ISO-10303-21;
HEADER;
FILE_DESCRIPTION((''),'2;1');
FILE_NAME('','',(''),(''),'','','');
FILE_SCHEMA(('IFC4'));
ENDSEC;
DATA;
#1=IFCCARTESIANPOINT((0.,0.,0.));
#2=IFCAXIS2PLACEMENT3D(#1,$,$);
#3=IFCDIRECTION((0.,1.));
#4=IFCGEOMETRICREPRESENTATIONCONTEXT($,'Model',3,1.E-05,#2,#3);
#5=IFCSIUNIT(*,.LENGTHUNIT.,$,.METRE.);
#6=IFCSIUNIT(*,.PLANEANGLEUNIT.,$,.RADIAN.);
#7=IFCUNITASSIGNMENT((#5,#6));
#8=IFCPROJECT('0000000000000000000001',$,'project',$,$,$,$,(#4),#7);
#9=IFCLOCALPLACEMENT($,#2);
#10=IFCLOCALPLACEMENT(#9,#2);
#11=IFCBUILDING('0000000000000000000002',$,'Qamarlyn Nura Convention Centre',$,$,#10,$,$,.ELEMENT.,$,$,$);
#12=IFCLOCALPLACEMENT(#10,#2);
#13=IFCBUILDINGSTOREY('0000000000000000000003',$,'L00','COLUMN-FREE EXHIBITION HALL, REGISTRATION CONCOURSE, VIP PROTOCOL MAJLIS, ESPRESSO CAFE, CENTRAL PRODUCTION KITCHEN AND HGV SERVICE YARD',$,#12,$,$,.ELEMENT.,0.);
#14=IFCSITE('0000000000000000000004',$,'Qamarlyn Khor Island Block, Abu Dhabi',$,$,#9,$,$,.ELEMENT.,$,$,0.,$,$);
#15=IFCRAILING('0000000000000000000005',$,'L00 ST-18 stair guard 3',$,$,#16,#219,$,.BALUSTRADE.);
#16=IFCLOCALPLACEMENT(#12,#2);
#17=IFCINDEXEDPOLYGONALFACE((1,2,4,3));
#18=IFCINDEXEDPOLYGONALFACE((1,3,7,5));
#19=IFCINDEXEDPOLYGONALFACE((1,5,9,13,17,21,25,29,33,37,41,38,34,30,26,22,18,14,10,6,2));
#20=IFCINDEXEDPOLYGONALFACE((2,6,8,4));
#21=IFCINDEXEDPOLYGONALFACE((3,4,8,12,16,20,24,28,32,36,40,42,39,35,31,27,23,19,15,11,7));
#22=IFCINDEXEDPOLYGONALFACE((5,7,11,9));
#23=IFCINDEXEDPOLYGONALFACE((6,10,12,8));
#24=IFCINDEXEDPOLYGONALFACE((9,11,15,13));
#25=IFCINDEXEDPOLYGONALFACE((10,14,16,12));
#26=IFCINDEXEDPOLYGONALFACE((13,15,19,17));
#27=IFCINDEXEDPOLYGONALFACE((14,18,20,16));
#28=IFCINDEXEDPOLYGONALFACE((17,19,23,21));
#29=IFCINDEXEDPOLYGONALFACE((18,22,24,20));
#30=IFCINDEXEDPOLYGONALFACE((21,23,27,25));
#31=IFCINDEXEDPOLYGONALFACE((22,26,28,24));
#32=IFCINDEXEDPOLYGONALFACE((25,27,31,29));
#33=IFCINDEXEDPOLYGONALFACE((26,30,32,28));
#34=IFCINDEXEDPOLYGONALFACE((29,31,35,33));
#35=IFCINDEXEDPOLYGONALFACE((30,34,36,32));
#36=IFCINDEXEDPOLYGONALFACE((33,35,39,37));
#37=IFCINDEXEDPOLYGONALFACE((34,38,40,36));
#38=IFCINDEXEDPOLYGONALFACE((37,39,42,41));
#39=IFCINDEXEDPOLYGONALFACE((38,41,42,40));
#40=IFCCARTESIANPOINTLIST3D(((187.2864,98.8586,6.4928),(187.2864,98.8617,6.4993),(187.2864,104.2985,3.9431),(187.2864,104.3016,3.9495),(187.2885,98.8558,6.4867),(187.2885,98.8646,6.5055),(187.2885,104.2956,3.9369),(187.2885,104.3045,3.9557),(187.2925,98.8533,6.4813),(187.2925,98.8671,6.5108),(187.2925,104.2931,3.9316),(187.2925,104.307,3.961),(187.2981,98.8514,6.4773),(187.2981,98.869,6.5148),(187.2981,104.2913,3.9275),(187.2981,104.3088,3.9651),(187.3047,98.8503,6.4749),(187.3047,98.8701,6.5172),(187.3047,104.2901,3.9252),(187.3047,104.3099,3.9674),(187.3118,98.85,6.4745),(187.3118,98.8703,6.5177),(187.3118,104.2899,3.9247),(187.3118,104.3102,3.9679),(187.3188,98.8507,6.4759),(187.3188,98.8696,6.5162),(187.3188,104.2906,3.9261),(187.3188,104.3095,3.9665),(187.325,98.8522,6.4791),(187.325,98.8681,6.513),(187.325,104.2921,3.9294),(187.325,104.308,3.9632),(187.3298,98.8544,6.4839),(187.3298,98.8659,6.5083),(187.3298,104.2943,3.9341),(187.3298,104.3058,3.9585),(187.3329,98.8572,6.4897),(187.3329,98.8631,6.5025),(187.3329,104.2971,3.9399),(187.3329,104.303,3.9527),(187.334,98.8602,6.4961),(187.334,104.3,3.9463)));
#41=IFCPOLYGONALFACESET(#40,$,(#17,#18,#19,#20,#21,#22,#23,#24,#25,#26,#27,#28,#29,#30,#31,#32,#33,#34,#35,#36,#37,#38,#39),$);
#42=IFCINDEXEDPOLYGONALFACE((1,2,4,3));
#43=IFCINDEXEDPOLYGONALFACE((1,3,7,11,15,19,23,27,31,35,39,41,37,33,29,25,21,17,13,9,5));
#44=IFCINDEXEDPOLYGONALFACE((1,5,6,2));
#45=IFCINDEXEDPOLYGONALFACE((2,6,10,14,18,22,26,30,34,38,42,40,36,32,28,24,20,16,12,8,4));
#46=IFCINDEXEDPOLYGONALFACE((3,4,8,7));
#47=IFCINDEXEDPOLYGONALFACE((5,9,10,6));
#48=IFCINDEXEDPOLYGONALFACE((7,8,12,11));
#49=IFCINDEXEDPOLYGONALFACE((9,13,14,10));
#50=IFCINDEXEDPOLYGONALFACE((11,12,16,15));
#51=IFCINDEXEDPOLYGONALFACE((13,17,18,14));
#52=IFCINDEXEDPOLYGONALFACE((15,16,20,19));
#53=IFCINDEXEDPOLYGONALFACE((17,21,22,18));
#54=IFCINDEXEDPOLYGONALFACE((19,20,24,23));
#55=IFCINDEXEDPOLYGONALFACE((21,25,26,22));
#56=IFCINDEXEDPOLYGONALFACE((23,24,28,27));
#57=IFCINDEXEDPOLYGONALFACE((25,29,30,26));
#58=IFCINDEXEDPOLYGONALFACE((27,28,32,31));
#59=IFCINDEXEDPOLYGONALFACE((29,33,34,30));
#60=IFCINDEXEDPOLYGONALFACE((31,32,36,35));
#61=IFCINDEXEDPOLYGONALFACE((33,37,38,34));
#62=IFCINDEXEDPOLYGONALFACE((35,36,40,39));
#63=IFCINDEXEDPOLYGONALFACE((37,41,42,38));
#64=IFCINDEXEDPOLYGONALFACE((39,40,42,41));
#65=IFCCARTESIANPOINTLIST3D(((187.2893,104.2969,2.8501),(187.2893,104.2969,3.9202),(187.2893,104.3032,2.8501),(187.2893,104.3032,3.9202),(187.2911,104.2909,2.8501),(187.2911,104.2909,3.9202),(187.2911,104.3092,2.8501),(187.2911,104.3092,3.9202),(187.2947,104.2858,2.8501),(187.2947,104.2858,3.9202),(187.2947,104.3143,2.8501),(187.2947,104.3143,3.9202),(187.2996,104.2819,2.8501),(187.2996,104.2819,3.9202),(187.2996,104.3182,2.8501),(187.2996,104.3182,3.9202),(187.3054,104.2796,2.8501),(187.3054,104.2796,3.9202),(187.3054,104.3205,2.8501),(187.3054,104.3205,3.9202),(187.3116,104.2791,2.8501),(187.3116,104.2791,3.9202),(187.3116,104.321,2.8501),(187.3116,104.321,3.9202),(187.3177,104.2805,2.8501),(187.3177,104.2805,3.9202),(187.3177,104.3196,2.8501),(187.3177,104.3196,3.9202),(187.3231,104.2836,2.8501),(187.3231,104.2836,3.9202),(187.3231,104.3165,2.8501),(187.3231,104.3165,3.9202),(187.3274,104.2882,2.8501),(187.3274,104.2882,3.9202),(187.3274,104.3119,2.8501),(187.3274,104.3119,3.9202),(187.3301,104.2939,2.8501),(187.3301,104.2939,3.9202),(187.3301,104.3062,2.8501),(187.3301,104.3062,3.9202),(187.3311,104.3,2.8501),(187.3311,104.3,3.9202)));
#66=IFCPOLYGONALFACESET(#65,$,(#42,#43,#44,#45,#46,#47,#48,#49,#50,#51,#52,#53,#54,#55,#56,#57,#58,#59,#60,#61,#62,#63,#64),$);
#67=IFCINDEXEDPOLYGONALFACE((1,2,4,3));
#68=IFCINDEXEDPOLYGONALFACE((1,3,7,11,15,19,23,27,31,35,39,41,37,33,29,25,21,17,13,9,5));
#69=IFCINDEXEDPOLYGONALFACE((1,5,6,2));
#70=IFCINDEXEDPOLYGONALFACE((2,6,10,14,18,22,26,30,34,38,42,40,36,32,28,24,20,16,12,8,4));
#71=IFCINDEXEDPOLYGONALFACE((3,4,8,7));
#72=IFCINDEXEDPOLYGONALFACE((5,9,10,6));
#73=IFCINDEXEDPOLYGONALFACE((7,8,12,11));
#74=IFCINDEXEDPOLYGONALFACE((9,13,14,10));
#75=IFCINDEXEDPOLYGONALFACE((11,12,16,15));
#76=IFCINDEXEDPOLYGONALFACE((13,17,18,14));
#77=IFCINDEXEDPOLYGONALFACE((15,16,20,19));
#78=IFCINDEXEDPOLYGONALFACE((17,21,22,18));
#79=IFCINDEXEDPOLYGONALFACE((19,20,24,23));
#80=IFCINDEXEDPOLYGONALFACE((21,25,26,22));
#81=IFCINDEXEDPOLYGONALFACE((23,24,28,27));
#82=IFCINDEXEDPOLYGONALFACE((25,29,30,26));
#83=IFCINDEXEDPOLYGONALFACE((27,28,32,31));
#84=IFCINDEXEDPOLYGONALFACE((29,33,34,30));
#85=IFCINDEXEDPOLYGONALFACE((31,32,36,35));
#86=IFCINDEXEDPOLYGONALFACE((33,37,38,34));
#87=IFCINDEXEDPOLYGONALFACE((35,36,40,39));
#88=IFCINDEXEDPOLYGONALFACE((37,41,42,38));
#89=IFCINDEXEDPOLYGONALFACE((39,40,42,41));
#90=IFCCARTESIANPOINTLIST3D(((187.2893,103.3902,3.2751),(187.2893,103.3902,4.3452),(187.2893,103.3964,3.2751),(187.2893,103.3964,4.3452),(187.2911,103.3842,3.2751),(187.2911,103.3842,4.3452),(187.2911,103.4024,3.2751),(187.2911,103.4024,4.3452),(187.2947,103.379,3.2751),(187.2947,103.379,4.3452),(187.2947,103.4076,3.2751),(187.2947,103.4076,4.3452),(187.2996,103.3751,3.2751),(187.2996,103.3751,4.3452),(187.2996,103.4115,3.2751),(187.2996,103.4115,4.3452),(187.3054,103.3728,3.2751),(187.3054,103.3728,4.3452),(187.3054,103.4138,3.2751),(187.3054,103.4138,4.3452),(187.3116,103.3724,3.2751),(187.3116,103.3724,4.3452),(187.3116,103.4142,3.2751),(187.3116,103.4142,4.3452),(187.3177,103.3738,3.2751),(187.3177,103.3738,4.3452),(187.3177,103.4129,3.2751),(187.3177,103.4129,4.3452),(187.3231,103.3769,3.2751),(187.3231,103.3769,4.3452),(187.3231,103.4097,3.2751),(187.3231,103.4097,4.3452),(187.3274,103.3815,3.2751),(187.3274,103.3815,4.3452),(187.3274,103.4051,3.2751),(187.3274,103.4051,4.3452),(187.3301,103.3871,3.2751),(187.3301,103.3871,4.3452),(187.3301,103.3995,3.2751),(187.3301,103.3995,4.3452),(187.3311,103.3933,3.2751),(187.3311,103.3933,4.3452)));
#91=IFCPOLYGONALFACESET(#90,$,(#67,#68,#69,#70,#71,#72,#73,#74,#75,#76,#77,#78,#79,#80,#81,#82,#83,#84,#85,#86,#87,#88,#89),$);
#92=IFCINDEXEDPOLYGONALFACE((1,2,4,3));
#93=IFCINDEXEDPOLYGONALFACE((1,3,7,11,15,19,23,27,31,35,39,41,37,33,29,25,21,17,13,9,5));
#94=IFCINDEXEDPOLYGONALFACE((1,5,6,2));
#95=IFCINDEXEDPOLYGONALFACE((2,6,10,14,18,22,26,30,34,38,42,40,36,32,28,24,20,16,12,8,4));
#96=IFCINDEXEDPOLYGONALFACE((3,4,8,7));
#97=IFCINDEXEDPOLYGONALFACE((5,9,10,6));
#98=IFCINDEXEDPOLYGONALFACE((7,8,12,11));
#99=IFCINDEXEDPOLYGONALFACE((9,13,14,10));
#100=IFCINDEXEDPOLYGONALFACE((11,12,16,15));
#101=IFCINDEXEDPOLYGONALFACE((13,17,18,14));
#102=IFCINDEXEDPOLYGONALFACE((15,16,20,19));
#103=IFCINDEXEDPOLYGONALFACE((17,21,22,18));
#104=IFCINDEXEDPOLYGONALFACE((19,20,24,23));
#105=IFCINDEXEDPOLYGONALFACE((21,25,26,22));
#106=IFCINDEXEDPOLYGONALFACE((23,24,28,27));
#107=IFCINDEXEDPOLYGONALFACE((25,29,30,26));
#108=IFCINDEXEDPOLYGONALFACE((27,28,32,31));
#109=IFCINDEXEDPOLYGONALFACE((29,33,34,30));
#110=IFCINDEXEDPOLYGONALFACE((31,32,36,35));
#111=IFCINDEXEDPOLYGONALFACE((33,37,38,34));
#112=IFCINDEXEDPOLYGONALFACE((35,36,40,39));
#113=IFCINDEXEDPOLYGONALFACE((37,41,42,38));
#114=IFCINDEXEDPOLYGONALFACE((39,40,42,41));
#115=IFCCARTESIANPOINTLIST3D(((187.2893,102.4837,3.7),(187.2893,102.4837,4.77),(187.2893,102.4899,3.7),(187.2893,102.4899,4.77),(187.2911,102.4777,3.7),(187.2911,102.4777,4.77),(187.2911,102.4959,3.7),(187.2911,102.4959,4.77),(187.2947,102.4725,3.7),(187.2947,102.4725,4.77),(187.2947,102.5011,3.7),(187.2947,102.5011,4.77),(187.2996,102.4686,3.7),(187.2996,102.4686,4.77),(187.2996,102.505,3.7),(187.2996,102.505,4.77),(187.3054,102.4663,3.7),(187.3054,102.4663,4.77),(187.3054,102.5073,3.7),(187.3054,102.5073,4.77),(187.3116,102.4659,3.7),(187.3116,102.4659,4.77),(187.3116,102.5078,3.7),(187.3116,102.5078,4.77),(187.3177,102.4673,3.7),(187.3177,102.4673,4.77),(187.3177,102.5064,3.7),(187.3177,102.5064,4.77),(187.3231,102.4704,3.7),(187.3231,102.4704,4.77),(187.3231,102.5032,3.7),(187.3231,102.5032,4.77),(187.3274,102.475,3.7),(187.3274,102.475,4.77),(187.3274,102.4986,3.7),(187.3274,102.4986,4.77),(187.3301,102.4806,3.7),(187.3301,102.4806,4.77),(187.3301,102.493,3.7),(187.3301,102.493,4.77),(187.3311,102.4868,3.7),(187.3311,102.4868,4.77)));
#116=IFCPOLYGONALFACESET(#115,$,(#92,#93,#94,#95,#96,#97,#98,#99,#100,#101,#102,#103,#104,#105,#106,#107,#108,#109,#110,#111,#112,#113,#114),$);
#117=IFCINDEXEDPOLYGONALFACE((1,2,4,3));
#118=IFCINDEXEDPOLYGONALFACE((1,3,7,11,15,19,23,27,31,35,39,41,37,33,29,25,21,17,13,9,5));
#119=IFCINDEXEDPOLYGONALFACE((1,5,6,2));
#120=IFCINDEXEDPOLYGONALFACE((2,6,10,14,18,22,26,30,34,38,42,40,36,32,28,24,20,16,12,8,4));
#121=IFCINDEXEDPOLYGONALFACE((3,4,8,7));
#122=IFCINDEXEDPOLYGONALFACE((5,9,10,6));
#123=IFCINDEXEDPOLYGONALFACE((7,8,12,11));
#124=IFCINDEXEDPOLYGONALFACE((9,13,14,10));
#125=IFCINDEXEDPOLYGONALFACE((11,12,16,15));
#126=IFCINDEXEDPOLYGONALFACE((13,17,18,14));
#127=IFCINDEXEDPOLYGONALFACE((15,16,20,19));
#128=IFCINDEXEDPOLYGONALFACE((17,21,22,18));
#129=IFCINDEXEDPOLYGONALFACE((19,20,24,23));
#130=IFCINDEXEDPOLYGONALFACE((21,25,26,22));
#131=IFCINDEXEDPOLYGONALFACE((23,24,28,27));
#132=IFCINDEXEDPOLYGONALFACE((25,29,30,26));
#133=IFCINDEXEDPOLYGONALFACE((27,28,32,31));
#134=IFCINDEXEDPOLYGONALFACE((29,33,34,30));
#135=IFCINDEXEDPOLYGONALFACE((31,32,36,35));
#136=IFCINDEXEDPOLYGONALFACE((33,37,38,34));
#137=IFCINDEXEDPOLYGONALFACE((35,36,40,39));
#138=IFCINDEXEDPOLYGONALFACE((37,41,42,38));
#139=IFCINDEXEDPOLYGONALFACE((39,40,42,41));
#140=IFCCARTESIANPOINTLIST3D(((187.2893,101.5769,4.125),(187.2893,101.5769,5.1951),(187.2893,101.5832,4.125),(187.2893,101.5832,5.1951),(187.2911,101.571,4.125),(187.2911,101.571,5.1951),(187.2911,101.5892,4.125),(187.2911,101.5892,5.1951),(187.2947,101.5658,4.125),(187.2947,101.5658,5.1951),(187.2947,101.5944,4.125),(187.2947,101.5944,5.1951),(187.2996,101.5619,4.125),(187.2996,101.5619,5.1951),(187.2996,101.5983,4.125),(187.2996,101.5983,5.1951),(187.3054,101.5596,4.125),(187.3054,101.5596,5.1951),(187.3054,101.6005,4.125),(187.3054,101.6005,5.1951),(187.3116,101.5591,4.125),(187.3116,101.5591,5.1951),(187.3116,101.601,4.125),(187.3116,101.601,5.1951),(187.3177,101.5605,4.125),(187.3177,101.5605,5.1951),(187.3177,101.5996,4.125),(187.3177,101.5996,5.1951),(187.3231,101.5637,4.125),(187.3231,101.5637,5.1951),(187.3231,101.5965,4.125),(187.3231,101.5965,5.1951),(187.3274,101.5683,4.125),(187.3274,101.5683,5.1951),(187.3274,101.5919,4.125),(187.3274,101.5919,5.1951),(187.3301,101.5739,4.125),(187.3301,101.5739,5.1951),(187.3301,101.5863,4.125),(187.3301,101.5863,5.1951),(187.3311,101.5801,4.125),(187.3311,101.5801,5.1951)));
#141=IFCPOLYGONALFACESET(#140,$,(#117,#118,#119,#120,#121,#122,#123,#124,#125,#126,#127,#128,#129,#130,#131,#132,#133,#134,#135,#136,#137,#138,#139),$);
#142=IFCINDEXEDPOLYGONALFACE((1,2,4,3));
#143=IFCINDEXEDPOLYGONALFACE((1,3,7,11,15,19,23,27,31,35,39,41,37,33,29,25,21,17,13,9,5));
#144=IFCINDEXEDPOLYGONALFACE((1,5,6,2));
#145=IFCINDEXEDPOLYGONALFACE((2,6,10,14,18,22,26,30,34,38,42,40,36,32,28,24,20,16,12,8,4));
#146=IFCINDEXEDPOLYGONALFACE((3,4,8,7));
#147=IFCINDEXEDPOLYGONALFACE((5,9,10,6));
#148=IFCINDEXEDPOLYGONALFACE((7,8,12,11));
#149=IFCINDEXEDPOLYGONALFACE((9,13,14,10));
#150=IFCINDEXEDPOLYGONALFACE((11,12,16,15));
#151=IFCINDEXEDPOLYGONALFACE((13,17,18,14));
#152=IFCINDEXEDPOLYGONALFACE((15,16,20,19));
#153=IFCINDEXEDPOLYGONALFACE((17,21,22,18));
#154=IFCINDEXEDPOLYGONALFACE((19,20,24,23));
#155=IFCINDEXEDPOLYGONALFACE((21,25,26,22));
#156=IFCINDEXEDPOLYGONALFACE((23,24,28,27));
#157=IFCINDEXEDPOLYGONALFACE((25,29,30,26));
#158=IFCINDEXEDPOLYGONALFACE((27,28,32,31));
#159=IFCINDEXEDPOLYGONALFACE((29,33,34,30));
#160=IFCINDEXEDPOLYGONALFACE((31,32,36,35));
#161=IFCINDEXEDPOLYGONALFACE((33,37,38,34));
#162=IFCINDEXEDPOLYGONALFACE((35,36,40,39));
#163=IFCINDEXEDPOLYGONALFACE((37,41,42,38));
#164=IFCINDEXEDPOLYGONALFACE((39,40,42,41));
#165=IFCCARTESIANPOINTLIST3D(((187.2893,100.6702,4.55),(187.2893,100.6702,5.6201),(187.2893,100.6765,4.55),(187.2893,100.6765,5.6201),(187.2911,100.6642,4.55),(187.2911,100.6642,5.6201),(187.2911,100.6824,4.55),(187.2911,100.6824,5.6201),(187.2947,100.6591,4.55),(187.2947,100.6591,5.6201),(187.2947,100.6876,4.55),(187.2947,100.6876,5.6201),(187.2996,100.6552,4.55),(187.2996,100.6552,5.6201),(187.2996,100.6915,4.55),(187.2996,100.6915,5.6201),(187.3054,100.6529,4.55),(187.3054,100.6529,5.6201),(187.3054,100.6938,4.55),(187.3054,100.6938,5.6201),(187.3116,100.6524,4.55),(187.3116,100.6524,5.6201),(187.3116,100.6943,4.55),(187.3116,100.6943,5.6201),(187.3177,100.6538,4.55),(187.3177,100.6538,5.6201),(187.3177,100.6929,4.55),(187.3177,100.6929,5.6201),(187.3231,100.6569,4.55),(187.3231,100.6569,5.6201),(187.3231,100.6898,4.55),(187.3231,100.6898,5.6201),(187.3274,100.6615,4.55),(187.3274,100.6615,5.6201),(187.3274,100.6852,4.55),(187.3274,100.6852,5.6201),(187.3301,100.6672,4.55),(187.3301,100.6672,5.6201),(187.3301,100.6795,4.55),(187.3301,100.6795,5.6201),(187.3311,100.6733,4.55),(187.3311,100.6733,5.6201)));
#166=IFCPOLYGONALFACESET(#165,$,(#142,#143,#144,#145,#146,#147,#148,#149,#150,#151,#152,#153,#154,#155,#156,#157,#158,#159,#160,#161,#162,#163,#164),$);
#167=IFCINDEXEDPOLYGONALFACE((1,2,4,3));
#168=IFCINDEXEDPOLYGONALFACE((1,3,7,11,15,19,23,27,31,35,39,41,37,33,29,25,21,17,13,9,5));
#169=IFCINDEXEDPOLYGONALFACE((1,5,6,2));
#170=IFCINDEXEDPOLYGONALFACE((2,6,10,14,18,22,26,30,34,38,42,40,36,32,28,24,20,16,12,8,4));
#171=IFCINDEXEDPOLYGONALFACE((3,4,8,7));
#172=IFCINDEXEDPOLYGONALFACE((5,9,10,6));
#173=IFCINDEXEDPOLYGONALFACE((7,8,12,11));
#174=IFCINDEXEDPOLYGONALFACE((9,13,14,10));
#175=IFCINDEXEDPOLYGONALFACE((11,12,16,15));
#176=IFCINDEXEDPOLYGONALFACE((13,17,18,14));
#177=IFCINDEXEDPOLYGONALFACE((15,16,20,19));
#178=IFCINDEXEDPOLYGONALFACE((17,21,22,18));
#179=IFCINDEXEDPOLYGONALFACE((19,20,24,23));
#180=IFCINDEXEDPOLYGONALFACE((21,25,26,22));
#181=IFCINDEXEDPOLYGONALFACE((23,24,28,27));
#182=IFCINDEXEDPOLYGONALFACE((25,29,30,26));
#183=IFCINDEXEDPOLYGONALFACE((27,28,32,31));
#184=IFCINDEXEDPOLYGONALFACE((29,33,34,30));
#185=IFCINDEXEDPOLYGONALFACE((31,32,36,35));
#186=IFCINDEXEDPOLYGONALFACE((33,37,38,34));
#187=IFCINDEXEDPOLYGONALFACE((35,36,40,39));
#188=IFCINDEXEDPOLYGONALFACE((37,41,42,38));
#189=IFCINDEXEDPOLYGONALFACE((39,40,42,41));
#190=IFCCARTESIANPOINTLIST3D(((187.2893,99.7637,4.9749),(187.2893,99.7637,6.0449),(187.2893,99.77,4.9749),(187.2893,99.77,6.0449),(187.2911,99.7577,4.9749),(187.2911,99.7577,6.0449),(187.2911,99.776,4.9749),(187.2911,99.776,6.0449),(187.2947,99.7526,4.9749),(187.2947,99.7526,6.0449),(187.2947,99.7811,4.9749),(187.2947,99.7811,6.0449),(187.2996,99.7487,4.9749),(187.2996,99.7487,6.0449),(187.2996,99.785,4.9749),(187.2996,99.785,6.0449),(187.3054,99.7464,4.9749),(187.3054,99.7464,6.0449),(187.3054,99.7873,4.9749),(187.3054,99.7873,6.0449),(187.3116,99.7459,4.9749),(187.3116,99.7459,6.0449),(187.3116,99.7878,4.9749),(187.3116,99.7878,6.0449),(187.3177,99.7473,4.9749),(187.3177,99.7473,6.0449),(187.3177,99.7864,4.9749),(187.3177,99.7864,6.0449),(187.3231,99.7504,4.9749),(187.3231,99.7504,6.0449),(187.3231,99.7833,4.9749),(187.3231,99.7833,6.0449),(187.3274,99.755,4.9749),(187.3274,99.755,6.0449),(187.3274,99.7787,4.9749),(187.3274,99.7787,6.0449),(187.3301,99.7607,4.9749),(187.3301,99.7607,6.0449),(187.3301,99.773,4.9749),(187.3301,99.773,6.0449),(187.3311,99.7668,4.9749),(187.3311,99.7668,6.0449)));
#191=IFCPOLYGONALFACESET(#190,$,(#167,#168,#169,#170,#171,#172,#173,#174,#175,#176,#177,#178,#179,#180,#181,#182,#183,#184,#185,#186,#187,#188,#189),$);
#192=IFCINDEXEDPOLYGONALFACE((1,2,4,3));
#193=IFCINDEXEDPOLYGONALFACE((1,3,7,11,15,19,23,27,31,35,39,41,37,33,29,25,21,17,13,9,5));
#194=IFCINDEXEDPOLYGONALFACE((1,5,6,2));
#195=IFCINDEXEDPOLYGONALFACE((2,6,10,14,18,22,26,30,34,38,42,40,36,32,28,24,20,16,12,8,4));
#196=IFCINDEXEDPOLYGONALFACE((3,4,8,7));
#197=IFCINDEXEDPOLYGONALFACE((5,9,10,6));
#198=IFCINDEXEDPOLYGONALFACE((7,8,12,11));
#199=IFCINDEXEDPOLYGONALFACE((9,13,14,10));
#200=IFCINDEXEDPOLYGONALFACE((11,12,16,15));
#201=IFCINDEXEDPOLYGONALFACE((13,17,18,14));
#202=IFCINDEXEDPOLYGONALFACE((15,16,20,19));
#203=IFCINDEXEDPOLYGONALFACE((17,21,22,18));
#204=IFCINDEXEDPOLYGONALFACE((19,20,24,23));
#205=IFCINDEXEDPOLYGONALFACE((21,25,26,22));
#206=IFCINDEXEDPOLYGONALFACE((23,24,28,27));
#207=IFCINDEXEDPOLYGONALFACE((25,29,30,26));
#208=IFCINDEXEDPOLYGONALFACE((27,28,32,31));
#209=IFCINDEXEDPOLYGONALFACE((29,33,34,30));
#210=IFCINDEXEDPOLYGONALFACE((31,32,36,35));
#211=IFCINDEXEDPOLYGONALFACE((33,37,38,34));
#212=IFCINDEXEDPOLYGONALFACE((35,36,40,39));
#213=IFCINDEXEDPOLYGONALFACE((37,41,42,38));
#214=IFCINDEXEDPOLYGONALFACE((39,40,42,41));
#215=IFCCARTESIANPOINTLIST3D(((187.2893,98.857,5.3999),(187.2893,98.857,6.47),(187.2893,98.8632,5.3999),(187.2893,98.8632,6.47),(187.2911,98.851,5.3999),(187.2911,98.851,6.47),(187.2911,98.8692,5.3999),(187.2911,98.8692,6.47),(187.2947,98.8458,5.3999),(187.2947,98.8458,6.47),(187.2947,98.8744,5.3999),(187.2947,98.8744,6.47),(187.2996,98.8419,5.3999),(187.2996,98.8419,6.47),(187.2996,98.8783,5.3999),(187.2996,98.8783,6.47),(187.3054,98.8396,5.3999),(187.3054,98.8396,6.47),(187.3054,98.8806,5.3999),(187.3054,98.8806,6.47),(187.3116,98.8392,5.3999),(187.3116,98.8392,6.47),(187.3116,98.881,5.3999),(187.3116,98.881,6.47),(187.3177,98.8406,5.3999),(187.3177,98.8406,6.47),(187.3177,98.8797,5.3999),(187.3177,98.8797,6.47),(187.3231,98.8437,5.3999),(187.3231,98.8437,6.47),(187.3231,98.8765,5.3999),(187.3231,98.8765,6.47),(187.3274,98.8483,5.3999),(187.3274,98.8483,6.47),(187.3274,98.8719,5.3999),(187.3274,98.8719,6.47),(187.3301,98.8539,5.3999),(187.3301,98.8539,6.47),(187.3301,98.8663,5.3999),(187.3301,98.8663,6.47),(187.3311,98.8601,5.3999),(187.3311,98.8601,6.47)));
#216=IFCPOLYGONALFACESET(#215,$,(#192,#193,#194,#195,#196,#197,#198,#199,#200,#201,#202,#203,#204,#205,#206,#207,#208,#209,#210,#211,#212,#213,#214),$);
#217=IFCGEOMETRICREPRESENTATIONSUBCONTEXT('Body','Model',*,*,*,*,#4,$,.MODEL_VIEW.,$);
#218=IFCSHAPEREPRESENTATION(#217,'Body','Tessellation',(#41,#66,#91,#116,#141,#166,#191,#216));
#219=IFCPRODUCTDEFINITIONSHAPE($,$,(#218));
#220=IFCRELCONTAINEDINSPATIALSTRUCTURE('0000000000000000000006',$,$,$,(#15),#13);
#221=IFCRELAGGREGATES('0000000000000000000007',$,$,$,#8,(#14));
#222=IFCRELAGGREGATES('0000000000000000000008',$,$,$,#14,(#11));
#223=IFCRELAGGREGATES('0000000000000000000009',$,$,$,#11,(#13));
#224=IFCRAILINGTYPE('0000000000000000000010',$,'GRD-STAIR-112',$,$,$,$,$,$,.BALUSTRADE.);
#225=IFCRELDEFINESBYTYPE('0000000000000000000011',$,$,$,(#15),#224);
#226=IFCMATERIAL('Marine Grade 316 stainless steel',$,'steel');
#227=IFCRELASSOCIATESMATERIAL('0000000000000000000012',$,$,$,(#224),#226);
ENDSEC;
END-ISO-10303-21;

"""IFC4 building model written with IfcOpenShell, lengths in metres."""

from ifc_helpers import new_model, si_unit, direction, frame, origin, origin_2d, place, context, subcontext, project, spatial, circle, extrude, material, type_object, element, save


model = new_model("IFC4")

# Units and contexts
model_context = context("Model", 3, precision=1e-05, world=origin(), true_north=direction((0.0, 1.0)))
body_context = subcontext(model_context, "Body", "Model", "MODEL_VIEW")
ifc_project = project(units=[si_unit("LENGTHUNIT", "METRE"), si_unit("PLANEANGLEUNIT", "RADIAN")], contexts=[model_context])

# Site, building, storey
site_placement = place(None, origin())
site = spatial("IfcSite", under=ifc_project, at=site_placement, Name="Qamarlyn Khor Island Block, Abu Dhabi", CompositionType="ELEMENT", RefElevation=0.0)
building_placement = place(site_placement, origin())
building = spatial("IfcBuilding", under=site, at=building_placement, Name="Qamarlyn Nura Convention Centre", CompositionType="ELEMENT")
storey_placement = place(building_placement, origin())
storey = spatial("IfcBuildingStorey", under=building, at=storey_placement, Name="L00", Description="COLUMN-FREE EXHIBITION HALL, REGISTRATION CONCOURSE, VIP PROTOCOL MAJLIS, ESPRESSO CAFE, CENTRAL PRODUCTION KITCHEN AND HGV SERVICE YARD", CompositionType="ELEMENT", Elevation=0.0)

# Railing
ifc_material_1 = material(Name="Marine Grade 316 stainless steel", Category="steel")
railing_type_1 = type_object("IfcRailingType", Name="GRD-STAIR-112", PredefinedType="BALUSTRADE", material=ifc_material_1)
railing_1_placement = place(storey_placement, frame((187.3101, 104.3, 2.8501)))
element("IfcRailing", 1, at=railing_1_placement, inside=storey, type_object=railing_type_1, Name="L00 ST-18 stair guard 3", PredefinedType="BALUSTRADE", context=body_context, shape_type="SweptSolid", body=[
    extrude(circle(Radius=0.0239, at=origin_2d()), frame((0.0, 0.0, 1.0962), z_axis=(0.0, -0.90547, 0.424411), x_axis=(1.0, 0.0, 0.0)), (0.0, 0.0, 1.0), 6.0078),
    extrude(circle(Radius=0.021, at=origin_2d()), origin(), (0.0, 0.0, 1.0), 1.0701),
    extrude(circle(Radius=0.021, at=origin_2d()), frame((0.0, -0.9067, 0.425)), (0.0, 0.0, 1.0), 1.0701),
    extrude(circle(Radius=0.021, at=origin_2d()), frame((0.0, -1.8132, 0.8499)), (0.0, 0.0, 1.0), 1.0701),
    extrude(circle(Radius=0.021, at=origin_2d()), frame((0.0, -2.72, 1.2749)), (0.0, 0.0, 1.0), 1.0701),
    extrude(circle(Radius=0.021, at=origin_2d()), frame((0.0, -3.6267, 1.7)), (0.0, 0.0, 1.0), 1.0701),
    extrude(circle(Radius=0.021, at=origin_2d()), frame((0.0, -4.5332, 2.1248)), (0.0, 0.0, 1.0), 1.0701),
    extrude(circle(Radius=0.021, at=origin_2d()), frame((0.0, -5.4399, 2.5498)), (0.0, 0.0, 1.0), 1.0701),
])

save(model, "model.ifc")
